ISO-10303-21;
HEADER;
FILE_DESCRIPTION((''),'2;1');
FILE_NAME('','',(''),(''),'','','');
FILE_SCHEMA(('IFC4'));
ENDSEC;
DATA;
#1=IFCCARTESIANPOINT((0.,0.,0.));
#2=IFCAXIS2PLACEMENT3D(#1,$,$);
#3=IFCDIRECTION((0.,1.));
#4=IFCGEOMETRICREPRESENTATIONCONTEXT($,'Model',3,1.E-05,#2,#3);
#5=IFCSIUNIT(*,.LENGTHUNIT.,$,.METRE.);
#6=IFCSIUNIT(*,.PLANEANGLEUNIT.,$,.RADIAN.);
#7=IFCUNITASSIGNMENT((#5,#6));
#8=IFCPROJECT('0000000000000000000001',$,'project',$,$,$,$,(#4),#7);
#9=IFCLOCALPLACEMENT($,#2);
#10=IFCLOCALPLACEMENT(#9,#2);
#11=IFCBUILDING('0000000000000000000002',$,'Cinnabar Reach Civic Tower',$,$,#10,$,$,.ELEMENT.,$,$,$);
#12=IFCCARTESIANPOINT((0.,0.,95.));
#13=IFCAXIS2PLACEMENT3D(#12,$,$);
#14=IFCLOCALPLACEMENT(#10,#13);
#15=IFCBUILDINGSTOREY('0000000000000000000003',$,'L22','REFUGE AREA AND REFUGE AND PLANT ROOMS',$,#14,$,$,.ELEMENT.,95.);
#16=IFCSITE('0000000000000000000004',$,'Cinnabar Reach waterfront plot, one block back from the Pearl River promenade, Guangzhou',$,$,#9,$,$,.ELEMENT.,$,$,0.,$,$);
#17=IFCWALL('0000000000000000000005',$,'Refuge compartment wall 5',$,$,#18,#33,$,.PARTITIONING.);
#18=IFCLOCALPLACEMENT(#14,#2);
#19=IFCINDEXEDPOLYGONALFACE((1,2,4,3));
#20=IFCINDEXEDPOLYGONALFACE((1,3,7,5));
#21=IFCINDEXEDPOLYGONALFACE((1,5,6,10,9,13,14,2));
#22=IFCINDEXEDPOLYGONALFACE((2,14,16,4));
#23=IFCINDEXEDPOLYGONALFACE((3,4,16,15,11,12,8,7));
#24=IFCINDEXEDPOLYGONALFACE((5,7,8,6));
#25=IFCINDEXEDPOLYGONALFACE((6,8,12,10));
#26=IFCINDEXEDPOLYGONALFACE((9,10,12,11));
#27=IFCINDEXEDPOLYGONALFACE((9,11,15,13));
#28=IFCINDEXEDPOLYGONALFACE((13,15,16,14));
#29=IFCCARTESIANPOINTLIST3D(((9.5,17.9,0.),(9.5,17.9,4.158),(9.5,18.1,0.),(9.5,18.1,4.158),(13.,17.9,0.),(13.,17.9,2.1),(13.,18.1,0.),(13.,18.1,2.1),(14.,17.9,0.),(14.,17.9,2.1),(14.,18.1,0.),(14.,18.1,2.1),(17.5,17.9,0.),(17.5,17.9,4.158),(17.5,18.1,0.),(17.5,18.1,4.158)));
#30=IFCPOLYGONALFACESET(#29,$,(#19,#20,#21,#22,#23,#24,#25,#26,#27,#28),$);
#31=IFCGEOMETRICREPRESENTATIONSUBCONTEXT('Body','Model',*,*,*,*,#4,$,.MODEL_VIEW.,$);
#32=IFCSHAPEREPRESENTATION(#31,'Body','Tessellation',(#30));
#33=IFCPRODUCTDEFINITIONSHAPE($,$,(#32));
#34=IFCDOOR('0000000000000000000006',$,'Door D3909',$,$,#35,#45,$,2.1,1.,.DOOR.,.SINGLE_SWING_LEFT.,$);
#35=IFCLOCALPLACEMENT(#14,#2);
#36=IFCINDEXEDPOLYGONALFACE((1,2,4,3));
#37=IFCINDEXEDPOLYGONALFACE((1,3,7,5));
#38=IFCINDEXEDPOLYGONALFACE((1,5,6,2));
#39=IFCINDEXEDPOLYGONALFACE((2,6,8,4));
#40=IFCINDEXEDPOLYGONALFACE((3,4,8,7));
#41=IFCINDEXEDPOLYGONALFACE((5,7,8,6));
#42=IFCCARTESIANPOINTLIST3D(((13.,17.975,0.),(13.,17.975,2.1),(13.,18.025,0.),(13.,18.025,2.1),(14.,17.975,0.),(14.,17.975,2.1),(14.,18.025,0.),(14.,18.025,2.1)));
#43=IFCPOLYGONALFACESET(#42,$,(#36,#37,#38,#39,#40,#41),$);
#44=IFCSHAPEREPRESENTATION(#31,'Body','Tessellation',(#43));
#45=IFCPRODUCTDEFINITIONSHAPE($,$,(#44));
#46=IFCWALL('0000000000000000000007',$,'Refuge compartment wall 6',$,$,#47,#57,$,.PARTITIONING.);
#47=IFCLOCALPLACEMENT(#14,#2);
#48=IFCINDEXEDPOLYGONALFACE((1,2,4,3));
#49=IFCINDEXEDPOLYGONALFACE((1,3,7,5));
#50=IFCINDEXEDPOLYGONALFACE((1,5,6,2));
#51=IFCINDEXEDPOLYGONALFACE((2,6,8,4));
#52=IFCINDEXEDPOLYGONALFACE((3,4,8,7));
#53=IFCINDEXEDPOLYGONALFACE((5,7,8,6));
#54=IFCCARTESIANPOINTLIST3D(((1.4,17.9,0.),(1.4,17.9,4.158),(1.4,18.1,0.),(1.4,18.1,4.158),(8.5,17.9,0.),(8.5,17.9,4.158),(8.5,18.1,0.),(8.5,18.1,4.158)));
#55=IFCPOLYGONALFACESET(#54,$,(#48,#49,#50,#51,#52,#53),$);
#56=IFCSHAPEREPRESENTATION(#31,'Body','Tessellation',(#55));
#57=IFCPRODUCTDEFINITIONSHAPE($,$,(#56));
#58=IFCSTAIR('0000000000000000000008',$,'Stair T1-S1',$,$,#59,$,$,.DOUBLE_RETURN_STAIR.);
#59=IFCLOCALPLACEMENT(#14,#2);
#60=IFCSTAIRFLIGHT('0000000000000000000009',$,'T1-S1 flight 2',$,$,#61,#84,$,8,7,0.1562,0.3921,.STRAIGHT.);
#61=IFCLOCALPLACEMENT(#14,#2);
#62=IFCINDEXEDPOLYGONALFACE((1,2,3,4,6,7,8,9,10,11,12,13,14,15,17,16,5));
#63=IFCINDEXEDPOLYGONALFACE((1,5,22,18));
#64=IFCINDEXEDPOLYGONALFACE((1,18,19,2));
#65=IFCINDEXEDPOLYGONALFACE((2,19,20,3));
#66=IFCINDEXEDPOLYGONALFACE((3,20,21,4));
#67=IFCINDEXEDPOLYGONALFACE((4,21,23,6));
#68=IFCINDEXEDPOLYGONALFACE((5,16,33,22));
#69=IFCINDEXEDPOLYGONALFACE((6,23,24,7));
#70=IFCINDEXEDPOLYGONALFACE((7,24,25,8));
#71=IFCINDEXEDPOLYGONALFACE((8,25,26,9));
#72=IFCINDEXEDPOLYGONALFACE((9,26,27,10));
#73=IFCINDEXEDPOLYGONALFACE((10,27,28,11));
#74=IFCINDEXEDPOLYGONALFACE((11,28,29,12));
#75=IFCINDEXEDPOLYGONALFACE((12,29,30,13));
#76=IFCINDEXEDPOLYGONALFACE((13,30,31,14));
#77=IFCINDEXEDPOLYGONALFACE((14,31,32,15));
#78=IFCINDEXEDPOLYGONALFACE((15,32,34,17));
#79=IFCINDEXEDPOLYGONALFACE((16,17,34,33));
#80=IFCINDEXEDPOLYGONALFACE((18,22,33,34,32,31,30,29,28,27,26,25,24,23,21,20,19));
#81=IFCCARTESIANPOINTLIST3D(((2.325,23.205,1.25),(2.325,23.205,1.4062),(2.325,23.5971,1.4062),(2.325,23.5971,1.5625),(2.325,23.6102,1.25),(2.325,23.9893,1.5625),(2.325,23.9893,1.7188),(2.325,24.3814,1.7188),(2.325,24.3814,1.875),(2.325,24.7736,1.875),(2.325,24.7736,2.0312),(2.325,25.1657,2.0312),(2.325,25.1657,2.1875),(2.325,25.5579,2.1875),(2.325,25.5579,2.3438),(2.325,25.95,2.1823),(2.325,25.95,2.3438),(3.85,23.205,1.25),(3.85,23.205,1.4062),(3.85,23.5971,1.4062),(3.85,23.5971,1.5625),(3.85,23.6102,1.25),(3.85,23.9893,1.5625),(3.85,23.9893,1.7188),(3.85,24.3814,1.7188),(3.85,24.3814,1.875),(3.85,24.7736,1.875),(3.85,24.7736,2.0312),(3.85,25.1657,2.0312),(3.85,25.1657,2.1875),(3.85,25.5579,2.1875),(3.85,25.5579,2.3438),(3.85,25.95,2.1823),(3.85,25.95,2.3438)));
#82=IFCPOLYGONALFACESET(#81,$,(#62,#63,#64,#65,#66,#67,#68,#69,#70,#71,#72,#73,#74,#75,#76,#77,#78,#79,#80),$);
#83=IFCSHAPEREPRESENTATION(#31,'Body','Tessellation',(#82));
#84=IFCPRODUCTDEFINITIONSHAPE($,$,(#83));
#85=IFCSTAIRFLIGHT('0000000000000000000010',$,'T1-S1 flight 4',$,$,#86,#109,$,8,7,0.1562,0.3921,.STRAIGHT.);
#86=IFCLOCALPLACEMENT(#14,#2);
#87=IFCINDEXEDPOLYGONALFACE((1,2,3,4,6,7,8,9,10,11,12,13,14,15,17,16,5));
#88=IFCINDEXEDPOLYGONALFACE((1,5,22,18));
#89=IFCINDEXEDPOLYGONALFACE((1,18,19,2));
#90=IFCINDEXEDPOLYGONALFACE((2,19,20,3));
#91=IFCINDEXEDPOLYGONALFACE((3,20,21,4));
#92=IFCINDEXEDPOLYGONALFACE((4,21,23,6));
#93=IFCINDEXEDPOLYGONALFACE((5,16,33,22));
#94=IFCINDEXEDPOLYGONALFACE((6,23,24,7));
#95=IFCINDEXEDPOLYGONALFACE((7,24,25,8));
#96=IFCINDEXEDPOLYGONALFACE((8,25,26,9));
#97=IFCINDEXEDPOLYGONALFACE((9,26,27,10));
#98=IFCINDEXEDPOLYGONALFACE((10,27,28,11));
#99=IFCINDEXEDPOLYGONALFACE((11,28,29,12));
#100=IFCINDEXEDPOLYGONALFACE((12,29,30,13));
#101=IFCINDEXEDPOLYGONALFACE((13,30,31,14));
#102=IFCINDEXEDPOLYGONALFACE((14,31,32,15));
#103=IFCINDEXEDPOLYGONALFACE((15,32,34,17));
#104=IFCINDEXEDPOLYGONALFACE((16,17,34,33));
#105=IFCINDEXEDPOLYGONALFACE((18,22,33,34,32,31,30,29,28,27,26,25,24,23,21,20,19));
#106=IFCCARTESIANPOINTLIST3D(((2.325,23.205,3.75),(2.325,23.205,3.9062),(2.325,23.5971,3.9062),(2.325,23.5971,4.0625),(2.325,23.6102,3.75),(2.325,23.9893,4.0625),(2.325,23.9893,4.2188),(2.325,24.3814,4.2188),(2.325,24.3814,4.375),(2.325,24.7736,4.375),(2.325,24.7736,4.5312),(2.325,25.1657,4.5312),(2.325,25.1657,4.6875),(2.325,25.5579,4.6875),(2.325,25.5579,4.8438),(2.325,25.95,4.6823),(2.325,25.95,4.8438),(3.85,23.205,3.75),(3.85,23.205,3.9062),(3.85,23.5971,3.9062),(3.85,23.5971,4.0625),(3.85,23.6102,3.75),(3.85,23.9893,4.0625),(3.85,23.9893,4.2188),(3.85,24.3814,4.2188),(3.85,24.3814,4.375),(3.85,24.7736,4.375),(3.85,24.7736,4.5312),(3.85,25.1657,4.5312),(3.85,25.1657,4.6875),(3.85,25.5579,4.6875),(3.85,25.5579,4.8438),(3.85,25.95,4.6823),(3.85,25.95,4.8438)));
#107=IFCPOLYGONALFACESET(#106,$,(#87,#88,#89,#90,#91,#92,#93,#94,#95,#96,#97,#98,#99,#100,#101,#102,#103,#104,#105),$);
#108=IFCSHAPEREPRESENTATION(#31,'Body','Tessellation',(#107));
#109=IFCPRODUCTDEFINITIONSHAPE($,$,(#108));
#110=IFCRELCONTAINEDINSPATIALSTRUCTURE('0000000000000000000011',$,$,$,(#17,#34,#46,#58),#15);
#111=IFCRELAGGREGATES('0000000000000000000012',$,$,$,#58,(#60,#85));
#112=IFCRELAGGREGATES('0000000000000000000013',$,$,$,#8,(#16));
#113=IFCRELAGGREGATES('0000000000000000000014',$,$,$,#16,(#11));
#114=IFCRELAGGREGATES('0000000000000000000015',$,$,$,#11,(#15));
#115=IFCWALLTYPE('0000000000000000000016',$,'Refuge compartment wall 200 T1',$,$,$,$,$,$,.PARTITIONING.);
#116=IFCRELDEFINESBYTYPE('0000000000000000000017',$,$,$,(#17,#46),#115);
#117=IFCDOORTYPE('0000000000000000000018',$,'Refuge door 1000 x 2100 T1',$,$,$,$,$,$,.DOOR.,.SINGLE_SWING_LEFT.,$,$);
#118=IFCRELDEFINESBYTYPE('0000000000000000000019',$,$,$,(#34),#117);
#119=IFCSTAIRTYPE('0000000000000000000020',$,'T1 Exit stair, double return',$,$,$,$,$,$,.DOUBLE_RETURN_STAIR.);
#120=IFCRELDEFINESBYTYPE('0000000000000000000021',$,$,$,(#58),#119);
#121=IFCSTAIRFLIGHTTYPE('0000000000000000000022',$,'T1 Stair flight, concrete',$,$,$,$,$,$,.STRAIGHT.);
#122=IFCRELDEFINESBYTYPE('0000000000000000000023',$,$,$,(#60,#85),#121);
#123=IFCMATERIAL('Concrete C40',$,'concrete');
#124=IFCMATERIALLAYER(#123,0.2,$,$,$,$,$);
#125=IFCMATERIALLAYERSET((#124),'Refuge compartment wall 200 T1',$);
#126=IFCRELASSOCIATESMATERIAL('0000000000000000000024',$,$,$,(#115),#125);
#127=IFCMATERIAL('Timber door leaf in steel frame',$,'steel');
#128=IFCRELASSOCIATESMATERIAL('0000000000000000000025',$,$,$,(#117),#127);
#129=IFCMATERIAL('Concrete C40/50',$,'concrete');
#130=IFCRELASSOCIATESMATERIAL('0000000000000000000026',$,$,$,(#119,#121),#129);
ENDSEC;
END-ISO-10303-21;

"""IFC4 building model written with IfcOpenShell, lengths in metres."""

from ifc_helpers import new_model, si_unit, direction, frame, frame_2d, origin, place, context, subcontext, project, spatial, polyline, rectangle, outline, extrude, material, layer, layer_set, type_object, element, fill, aggregate, save


model = new_model("IFC4")

# Units and contexts
model_context = context("Model", 3, precision=1e-05, world=origin(), true_north=direction((0.0, 1.0)))
body_context = subcontext(model_context, "Body", "Model", "MODEL_VIEW")
ifc_project = project(units=[si_unit("LENGTHUNIT", "METRE"), si_unit("PLANEANGLEUNIT", "RADIAN")], contexts=[model_context])

# Site, building, storey
site_placement = place(None, origin())
site = spatial("IfcSite", under=ifc_project, at=site_placement, Name="Cinnabar Reach waterfront plot, one block back from the Pearl River promenade, Guangzhou", CompositionType="ELEMENT", RefElevation=0.0)
building_placement = place(site_placement, origin())
building = spatial("IfcBuilding", under=site, at=building_placement, Name="Cinnabar Reach Civic Tower", CompositionType="ELEMENT")
storey_placement = place(building_placement, frame((0.0, 0.0, 95.0)))
storey = spatial("IfcBuildingStorey", under=building, at=storey_placement, Name="L22", Description="REFUGE AREA AND REFUGE AND PLANT ROOMS", CompositionType="ELEMENT", Elevation=95.0)

# Wall, opening, door
ifc_material_1 = material(Name="Concrete C40", Category="concrete")
ifc_layer_1 = layer(ifc_material_1, 0.2)
ifc_layer_set_1 = layer_set([ifc_layer_1], Name="Refuge compartment wall 200 T1")
wall_type_1 = type_object("IfcWallType", Name="Refuge compartment wall 200 T1", PredefinedType="PARTITIONING", material=ifc_layer_set_1)
wall_1_placement = place(storey_placement, frame((9.5, 18.0, 0.0), z_axis=(0.0, 0.0, 1.0), x_axis=(1.0, 0.0, 0.0)))
wall_1 = element("IfcWall", 1, at=wall_1_placement, inside=storey, type_object=wall_type_1, Name="Refuge compartment wall 5", PredefinedType="PARTITIONING", context=body_context, shape_type="SweptSolid", body=[
    extrude(rectangle(XDim=8.0, YDim=0.2, at=frame_2d((4.0, 0.0))), origin(), (0.0, 0.0, 1.0), 4.158),
])
opening_1_placement = place(wall_1_placement, frame((3.5, 0.0, 0.0)))
opening_1 = element("IfcOpeningElement", 2, at=opening_1_placement, cuts=wall_1, PredefinedType="OPENING", context=body_context, shape_type="SweptSolid", body=[
    extrude(rectangle(XDim=1.0, YDim=2.1, at=frame_2d((0.5, 1.05))), frame((0.0, 0.11, 0.0), z_axis=(0.0, -1.0, 0.0), x_axis=(1.0, 0.0, 0.0)), (0.0, 0.0, 1.0), 0.22),
])
ifc_material_2 = material(Name="Timber door leaf in steel frame", Category="steel")
door_type_1 = type_object("IfcDoorType", Name="Refuge door 1000 x 2100 T1", OperationType="SINGLE_SWING_LEFT", PredefinedType="DOOR", material=ifc_material_2)
door_1_placement = place(opening_1_placement, origin())
door_1 = element("IfcDoor", 3, at=door_1_placement, inside=storey, type_object=door_type_1, Name="Door D3909", OperationType="SINGLE_SWING_LEFT", OverallHeight=2.1, OverallWidth=1.0, PredefinedType="DOOR", context=body_context, shape_type="SweptSolid", body=[
    extrude(rectangle(XDim=1.0, YDim=2.1, at=frame_2d((0.5, 1.05))), frame((0.0, 0.025, 0.0), z_axis=(0.0, -1.0, 0.0), x_axis=(1.0, 0.0, 0.0)), (0.0, 0.0, 1.0), 0.05),
])
fill(opening_1, door_1)

# Wall
wall_2_placement = place(storey_placement, frame((1.4, 18.0, 0.0), z_axis=(0.0, 0.0, 1.0), x_axis=(1.0, 0.0, 0.0)))
element("IfcWall", 4, at=wall_2_placement, inside=storey, type_object=wall_type_1, Name="Refuge compartment wall 6", PredefinedType="PARTITIONING", context=body_context, shape_type="SweptSolid", body=[
    extrude(rectangle(XDim=7.1, YDim=0.2, at=frame_2d((3.55, 0.0))), origin(), (0.0, 0.0, 1.0), 4.158),
])

# Stair, stair flights
ifc_material_3 = material(Name="Concrete C40/50", Category="concrete")
stair_type = type_object("IfcStairType", Name="T1 Exit stair, double return", PredefinedType="DOUBLE_RETURN_STAIR", material=ifc_material_3)
stair_placement = place(storey_placement, origin())
stair = element("IfcStair", 5, at=stair_placement, inside=storey, type_object=stair_type, Name="Stair T1-S1", PredefinedType="DOUBLE_RETURN_STAIR")
stair_flight_type = type_object("IfcStairFlightType", Name="T1 Stair flight, concrete", PredefinedType="STRAIGHT", material=ifc_material_3)
stair_flight_1_placement = place(storey_placement, frame((3.0875, 23.205, 1.25), z_axis=(0.0, 0.0, 1.0), x_axis=(0.0, 1.0, 0.0)))
stair_flight_1 = element("IfcStairFlight", 6, at=stair_flight_1_placement, type_object=stair_flight_type, Name="T1-S1 flight 2", NumberOfRisers=8, NumberOfTreads=7, PredefinedType="STRAIGHT", RiserHeight=0.1562, TreadLength=0.3921, context=body_context, shape_type="SweptSolid", body=[
    extrude(outline(polyline([(0.0, 0.0), (0.0, 0.1562), (0.3921, 0.1562), (0.3921, 0.3125), (0.7843, 0.3125), (0.7843, 0.4688), (1.1764, 0.4688), (1.1764, 0.625), (1.5686, 0.625), (1.5686, 0.7812), (1.9607, 0.7812), (1.9607, 0.9375), (2.3529, 0.9375), (2.3529, 1.0938), (2.745, 1.0938), (2.745, 1.25), (2.745, 0.9323), (0.4052, 0.0), (0.0, 0.0)])), frame((0.0, 0.7625, 0.0), z_axis=(0.0, -1.0, 0.0), x_axis=(1.0, 0.0, 0.0)), (0.0, 0.0, 1.0), 1.525),
])
stair_flight_2_placement = place(storey_placement, frame((3.0875, 23.205, 3.75), z_axis=(0.0, 0.0, 1.0), x_axis=(0.0, 1.0, 0.0)))
stair_flight_2 = element("IfcStairFlight", 7, at=stair_flight_2_placement, type_object=stair_flight_type, Name="T1-S1 flight 4", NumberOfRisers=8, NumberOfTreads=7, PredefinedType="STRAIGHT", RiserHeight=0.1562, TreadLength=0.3921, context=body_context, shape_type="SweptSolid", body=[
    extrude(outline(polyline([(0.0, 0.0), (0.0, 0.1562), (0.3921, 0.1562), (0.3921, 0.3125), (0.7843, 0.3125), (0.7843, 0.4688), (1.1764, 0.4688), (1.1764, 0.625), (1.5686, 0.625), (1.5686, 0.7812), (1.9607, 0.7812), (1.9607, 0.9375), (2.3529, 0.9375), (2.3529, 1.0938), (2.745, 1.0938), (2.745, 1.25), (2.745, 0.9323), (0.4052, 0.0), (0.0, 0.0)])), frame((0.0, 0.7625, 0.0), z_axis=(0.0, -1.0, 0.0), x_axis=(1.0, 0.0, 0.0)), (0.0, 0.0, 1.0), 1.525),
])
aggregate(stair, [stair_flight_1, stair_flight_2])

save(model, "model.ifc")
